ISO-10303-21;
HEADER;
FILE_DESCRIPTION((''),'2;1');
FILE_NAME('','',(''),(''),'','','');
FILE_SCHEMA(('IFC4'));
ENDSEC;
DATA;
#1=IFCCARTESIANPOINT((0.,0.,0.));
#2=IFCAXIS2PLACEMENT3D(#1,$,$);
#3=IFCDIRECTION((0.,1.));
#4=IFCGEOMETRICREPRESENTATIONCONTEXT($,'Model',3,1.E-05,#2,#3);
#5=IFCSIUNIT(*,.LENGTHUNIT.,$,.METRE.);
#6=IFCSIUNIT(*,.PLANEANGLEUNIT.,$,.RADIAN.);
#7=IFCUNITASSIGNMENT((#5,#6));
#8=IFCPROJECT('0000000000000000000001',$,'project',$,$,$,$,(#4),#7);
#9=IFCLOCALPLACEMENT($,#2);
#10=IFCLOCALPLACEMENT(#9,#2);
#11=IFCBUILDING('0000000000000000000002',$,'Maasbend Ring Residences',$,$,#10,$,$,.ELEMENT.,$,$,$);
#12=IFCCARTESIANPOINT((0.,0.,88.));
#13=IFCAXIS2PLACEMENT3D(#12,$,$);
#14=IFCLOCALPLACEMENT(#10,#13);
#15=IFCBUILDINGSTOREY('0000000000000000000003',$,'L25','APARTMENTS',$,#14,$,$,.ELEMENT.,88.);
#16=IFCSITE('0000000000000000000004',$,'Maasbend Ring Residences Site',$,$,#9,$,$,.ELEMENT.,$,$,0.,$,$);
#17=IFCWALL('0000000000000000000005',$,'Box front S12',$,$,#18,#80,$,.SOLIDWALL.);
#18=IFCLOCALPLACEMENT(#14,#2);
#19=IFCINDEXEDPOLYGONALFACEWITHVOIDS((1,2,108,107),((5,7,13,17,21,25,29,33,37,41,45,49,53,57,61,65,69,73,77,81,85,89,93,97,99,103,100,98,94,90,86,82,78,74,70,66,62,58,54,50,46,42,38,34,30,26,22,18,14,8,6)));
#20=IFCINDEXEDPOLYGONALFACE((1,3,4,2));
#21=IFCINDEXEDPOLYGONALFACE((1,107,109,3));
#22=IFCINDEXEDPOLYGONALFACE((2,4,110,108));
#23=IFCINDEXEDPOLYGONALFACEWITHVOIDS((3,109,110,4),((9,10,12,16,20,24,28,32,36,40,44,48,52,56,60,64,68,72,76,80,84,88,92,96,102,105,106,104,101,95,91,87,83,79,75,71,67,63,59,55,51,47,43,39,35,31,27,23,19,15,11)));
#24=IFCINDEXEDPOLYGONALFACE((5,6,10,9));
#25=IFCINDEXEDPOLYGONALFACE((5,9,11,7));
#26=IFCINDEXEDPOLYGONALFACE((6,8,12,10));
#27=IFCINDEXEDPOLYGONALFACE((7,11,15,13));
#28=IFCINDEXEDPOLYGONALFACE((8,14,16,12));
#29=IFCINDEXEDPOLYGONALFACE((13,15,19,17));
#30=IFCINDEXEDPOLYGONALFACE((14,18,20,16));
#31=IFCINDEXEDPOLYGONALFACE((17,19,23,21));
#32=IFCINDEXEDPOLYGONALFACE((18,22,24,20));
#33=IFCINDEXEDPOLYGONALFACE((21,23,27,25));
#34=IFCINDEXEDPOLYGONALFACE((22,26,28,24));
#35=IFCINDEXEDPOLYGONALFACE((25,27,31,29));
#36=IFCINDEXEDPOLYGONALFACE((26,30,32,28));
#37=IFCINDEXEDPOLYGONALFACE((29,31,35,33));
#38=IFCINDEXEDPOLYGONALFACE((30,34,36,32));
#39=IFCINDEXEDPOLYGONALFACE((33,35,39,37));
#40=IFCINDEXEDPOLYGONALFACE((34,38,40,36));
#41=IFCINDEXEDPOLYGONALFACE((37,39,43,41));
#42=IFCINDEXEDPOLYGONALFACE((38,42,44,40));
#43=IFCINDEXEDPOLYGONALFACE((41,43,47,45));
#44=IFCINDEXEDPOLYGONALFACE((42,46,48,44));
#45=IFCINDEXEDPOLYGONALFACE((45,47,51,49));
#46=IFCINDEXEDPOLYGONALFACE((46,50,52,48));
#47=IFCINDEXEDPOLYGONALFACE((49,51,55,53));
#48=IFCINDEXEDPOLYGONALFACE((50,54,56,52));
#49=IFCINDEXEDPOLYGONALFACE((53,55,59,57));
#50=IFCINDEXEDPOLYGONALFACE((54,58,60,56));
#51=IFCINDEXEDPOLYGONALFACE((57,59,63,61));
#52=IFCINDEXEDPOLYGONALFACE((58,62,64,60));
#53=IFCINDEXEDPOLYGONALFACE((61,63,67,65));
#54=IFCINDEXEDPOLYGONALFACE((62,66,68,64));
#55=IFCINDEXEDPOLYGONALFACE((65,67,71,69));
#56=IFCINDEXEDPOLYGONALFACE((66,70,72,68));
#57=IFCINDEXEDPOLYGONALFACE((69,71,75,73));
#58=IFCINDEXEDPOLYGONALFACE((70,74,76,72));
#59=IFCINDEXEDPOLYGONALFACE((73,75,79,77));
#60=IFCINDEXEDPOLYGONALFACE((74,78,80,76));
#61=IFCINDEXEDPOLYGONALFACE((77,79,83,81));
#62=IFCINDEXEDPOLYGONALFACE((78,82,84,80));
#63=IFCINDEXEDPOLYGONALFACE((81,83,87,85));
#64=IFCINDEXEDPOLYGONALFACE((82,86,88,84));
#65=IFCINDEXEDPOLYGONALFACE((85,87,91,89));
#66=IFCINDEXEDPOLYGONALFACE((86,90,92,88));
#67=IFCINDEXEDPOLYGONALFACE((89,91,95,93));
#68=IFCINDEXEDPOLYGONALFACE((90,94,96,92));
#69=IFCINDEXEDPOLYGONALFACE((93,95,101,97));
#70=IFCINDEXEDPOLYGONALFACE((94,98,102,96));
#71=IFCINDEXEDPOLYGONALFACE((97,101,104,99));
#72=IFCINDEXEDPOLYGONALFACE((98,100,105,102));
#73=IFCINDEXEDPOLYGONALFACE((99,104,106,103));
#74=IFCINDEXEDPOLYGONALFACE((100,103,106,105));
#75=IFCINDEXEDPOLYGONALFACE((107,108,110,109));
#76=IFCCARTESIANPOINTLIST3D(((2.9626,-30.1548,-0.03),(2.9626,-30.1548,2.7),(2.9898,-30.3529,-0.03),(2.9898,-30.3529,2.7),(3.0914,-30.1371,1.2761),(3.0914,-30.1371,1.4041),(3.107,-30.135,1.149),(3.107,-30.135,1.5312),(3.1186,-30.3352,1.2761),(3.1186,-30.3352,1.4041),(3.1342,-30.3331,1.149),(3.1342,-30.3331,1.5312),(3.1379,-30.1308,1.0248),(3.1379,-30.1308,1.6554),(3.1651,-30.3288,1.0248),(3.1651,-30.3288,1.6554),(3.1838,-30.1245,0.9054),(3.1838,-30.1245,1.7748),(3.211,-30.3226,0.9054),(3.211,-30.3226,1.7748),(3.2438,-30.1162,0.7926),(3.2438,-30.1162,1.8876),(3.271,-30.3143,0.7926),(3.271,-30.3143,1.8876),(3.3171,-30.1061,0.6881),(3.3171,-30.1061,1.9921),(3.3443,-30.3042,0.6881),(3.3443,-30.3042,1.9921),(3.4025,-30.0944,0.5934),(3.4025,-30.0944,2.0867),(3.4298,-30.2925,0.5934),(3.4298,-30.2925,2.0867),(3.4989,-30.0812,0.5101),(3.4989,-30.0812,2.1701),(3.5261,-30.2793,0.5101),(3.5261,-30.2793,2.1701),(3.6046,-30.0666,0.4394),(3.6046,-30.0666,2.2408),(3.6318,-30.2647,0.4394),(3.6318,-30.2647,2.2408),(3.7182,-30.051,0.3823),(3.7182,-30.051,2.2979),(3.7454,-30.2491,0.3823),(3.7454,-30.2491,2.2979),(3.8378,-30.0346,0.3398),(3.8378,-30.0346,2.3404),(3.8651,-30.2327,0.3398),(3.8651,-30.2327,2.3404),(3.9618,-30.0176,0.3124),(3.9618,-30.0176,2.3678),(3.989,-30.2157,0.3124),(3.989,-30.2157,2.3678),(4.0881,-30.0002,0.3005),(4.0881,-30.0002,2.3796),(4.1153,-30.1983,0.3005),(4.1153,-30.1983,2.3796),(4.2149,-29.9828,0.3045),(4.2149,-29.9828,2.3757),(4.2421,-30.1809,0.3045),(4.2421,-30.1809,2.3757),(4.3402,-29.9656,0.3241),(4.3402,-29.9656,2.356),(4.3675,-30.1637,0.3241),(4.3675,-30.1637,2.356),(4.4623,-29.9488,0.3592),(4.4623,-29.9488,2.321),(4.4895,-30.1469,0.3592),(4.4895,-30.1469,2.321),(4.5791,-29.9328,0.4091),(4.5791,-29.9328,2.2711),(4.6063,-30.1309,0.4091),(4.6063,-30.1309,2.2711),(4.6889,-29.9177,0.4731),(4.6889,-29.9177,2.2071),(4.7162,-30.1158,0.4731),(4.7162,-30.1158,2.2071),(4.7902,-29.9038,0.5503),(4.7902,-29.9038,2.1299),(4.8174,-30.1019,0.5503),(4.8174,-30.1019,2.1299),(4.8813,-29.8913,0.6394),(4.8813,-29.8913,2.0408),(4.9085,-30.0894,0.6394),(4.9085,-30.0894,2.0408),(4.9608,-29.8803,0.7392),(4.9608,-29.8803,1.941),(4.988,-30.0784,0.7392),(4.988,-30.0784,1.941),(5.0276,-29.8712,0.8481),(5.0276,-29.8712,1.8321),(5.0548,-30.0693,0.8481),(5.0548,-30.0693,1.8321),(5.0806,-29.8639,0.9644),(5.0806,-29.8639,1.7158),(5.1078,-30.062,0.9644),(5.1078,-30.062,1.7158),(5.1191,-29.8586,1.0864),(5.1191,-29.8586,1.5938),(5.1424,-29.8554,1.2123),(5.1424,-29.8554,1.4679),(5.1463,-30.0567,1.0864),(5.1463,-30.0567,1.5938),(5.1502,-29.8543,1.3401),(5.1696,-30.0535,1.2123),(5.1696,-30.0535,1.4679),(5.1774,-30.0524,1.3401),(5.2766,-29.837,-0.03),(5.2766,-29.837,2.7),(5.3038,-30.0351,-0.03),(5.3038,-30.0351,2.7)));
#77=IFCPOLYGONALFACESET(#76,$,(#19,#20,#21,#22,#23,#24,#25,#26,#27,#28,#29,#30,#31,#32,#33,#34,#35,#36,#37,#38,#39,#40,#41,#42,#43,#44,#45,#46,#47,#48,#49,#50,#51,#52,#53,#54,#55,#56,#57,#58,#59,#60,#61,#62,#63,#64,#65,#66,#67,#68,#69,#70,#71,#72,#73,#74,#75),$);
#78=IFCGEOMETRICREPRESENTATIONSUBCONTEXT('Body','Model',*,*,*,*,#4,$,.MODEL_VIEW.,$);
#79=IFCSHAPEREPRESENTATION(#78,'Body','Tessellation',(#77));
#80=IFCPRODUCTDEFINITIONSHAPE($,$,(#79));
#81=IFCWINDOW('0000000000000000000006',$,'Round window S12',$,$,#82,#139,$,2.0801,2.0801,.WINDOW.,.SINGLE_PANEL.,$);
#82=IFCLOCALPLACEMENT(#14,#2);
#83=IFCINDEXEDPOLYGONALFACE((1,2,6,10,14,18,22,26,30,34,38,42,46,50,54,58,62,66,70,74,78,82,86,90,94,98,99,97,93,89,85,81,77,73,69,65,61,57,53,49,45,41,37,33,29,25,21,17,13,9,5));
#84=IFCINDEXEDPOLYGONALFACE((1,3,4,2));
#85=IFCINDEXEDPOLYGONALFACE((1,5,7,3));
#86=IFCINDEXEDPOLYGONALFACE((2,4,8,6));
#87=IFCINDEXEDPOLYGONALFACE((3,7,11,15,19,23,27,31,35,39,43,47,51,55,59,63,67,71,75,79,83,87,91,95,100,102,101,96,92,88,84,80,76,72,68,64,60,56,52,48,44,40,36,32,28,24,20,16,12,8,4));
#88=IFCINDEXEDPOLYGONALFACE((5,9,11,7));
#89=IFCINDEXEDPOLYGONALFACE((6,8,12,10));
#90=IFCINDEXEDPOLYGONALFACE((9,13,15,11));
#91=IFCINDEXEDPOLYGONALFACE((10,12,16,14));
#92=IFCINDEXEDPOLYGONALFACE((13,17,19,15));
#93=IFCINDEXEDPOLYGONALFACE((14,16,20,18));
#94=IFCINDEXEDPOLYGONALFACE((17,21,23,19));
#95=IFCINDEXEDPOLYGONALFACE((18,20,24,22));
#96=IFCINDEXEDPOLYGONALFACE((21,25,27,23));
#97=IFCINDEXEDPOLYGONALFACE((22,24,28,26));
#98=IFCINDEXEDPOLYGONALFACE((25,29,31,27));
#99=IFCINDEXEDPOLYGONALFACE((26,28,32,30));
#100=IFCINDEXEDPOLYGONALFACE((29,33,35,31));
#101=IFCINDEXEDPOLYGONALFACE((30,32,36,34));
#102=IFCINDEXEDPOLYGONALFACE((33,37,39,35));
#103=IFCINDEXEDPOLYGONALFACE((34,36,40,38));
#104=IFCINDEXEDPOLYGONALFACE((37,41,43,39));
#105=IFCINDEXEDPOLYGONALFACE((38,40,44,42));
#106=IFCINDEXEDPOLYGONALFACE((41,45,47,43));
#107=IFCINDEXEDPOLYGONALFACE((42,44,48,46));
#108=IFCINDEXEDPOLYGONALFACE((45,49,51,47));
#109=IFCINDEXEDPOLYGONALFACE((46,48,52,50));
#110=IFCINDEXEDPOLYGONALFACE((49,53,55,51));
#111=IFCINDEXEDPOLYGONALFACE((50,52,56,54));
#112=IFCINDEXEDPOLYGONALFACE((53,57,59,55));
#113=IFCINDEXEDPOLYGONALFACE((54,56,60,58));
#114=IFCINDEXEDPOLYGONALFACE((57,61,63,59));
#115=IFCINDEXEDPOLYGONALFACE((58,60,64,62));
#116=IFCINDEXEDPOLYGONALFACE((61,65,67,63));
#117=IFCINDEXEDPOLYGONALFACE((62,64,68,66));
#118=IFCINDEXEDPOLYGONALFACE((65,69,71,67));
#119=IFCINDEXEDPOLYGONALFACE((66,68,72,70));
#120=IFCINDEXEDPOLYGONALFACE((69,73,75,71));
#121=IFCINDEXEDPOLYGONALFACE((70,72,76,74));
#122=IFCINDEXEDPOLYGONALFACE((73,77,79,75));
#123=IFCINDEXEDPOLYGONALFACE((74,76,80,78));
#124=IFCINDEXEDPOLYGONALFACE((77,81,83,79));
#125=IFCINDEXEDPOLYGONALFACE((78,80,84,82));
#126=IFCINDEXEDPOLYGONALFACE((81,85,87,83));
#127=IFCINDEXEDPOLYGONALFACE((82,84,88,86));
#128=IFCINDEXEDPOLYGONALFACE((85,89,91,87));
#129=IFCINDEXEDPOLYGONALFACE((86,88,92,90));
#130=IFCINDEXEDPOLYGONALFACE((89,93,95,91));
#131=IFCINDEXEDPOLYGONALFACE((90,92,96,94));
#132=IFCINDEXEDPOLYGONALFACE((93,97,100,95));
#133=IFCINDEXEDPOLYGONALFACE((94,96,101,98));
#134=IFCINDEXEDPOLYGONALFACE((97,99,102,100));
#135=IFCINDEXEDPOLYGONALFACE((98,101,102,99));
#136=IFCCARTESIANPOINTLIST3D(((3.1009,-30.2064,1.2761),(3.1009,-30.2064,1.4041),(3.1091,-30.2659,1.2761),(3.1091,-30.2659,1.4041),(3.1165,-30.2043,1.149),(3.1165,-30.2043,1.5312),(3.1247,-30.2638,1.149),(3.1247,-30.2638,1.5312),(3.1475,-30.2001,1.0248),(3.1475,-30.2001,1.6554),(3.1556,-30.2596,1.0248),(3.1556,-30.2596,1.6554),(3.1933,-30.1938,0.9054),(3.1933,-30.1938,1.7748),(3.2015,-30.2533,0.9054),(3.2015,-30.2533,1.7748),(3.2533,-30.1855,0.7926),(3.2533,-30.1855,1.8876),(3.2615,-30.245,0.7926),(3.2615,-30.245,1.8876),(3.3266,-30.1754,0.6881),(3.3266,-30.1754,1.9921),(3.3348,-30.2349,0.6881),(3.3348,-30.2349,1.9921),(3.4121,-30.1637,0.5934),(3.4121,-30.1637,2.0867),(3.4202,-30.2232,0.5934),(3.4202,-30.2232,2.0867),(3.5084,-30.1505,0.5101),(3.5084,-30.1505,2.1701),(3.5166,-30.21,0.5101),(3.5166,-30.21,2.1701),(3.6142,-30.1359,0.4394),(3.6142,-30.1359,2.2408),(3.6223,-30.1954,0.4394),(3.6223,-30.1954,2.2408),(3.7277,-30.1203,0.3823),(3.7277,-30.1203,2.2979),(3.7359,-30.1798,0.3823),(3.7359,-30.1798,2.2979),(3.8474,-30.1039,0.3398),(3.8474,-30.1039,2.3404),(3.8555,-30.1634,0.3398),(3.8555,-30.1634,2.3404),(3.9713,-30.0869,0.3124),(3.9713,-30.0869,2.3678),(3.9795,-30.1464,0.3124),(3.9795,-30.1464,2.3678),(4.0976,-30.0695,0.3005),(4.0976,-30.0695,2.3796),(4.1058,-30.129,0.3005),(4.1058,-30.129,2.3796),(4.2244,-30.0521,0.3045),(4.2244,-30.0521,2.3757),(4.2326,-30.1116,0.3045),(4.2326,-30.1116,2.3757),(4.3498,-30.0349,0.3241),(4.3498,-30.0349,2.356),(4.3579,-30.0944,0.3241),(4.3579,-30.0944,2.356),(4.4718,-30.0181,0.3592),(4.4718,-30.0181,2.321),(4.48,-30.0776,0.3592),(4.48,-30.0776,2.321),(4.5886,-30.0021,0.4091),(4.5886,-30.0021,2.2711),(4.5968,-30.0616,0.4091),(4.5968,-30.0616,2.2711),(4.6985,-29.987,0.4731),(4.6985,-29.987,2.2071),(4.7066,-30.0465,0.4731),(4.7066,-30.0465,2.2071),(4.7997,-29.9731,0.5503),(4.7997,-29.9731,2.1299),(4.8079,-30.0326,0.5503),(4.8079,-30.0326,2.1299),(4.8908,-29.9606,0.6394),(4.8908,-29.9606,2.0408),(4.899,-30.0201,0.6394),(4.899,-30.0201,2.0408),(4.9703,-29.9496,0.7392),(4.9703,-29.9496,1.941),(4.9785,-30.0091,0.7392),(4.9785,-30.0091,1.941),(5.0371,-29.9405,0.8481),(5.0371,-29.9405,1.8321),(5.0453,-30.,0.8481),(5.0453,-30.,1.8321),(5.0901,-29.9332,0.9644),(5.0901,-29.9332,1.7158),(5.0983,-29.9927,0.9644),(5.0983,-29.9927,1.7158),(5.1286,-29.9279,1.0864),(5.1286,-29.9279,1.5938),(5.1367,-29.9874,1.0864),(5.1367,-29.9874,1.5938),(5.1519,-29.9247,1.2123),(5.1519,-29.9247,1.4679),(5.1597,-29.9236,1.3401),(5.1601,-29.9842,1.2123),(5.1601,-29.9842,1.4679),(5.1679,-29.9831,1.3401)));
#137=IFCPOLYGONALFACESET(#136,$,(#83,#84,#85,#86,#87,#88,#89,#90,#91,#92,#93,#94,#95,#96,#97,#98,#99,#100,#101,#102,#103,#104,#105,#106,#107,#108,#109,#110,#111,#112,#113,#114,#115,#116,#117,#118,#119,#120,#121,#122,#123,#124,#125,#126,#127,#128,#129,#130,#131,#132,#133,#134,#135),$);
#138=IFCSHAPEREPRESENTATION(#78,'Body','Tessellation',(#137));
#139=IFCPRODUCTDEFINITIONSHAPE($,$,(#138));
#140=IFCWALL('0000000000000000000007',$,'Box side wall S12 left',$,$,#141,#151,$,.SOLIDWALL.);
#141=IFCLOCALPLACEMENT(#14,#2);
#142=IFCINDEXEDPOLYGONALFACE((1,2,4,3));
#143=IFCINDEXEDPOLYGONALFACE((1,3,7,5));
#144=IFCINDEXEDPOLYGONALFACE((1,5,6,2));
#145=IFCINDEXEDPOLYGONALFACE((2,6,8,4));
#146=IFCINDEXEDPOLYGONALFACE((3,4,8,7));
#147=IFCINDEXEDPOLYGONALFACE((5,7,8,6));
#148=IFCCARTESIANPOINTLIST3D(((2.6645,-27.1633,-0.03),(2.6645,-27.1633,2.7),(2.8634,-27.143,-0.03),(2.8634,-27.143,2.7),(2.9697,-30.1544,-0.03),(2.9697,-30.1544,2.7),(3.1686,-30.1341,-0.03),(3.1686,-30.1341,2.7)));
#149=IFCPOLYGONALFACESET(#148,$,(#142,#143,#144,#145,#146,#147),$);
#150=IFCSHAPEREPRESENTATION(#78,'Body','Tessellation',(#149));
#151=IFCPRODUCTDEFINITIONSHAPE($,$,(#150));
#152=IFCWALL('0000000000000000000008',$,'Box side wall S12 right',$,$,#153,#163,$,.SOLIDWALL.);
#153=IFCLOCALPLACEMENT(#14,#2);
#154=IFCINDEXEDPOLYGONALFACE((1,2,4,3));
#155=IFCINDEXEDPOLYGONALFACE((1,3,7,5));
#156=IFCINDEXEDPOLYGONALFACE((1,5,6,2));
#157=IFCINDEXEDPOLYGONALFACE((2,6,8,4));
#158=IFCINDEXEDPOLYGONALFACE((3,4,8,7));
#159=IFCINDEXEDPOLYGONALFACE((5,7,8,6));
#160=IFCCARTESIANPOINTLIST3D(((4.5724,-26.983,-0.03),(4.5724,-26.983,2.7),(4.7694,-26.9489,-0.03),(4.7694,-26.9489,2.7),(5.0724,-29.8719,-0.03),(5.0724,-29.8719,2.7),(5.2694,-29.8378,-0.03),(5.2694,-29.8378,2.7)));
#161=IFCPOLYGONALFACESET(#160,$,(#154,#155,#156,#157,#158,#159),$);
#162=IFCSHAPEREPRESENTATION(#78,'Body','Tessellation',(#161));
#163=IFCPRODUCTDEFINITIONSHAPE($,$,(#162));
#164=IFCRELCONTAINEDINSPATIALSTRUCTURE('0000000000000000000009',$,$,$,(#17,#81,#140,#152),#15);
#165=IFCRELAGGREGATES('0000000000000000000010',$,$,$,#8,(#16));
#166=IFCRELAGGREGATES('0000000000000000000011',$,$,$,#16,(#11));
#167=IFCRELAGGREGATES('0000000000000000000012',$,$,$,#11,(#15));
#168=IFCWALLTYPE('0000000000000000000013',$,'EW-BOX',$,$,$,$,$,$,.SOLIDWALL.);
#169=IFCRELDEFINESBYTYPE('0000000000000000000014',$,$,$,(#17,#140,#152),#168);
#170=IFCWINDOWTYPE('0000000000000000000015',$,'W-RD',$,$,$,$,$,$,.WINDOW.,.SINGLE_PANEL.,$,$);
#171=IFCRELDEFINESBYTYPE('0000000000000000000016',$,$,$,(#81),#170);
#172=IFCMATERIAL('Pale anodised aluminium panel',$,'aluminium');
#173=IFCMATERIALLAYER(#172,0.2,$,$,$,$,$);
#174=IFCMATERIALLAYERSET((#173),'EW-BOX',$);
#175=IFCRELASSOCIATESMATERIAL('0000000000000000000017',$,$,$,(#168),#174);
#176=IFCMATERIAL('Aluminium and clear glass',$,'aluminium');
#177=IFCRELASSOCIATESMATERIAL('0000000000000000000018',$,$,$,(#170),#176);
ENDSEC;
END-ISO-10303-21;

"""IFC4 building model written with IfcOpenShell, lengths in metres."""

from ifc_helpers import new_model, si_unit, direction, frame, frame_2d, origin, place, context, subcontext, project, spatial, rectangle, circle, extrude, material, layer, layer_set, type_object, element, fill, save


model = new_model("IFC4")

# Units and contexts
model_context = context("Model", 3, precision=1e-05, world=origin(), true_north=direction((0.0, 1.0)))
body_context = subcontext(model_context, "Body", "Model", "MODEL_VIEW")
ifc_project = project(units=[si_unit("LENGTHUNIT", "METRE"), si_unit("PLANEANGLEUNIT", "RADIAN")], contexts=[model_context])

# Site, building, storey
site_placement = place(None, origin())
site = spatial("IfcSite", under=ifc_project, at=site_placement, Name="Maasbend Ring Residences Site", CompositionType="ELEMENT", RefElevation=0.0)
building_placement = place(site_placement, origin())
building = spatial("IfcBuilding", under=site, at=building_placement, Name="Maasbend Ring Residences", CompositionType="ELEMENT")
storey_placement = place(building_placement, frame((0.0, 0.0, 88.0)))
storey = spatial("IfcBuildingStorey", under=building, at=storey_placement, Name="L25", Description="APARTMENTS", CompositionType="ELEMENT", Elevation=88.0)

# Wall, opening, window
ifc_material_1 = material(Name="Pale anodised aluminium panel", Category="aluminium")
ifc_layer_1 = layer(ifc_material_1, 0.2)
ifc_layer_set_1 = layer_set([ifc_layer_1], Name="EW-BOX")
wall_type_1 = type_object("IfcWallType", Name="EW-BOX", PredefinedType="SOLIDWALL", material=ifc_layer_set_1)
wall_1_placement = place(storey_placement, frame((2.9761, -30.2539, -0.03), z_axis=(0.0, 0.0, 1.0), x_axis=(0.990696, 0.136093, 0.0)))
wall_1 = element("IfcWall", 1, at=wall_1_placement, inside=storey, type_object=wall_type_1, Name="Box front S12", PredefinedType="SOLIDWALL", context=body_context, shape_type="SweptSolid", body=[
    extrude(rectangle(XDim=2.3357, YDim=0.2, at=frame_2d((1.168, 0.0))), origin(), (0.0, 0.0, 1.0), 2.73),
])
opening_1_placement = place(wall_1_placement, frame((0.1282, 0.0, 0.3301)))
opening_1 = element("IfcOpeningElement", 2, at=opening_1_placement, cuts=wall_1, PredefinedType="OPENING", context=body_context, shape_type="SweptSolid", body=[
    extrude(circle(Radius=1.04, at=frame_2d((1.04, 1.04))), frame((0.0, 0.1099, 0.0), z_axis=(0.0, -1.0, 0.0), x_axis=(1.0, 0.0, 0.0)), (0.0, 0.0, 1.0), 0.22),
])
ifc_material_2 = material(Name="Aluminium and clear glass", Category="aluminium")
window_type_1 = type_object("IfcWindowType", Name="W-RD", PartitioningType="SINGLE_PANEL", PredefinedType="WINDOW", material=ifc_material_2)
window_1_placement = place(opening_1_placement, origin())
window_1 = element("IfcWindow", 3, at=window_1_placement, inside=storey, type_object=window_type_1, Name="Round window S12", OverallHeight=2.0801, OverallWidth=2.0801, PartitioningType="SINGLE_PANEL", PredefinedType="WINDOW", context=body_context, shape_type="SweptSolid", body=[
    extrude(circle(Radius=1.04, at=frame_2d((1.04, 1.04))), frame((0.0, 0.03, 0.0), z_axis=(0.0, -1.0, 0.0), x_axis=(1.0, 0.0, 0.0)), (0.0, 0.0, 1.0), 0.0601),
])
fill(opening_1, window_1)

# Walls
wall_2_placement = place(storey_placement, frame((2.7639, -27.1531, -0.03), z_axis=(0.0, 0.0, 1.0), x_axis=(0.101505, -0.994835, 0.0)))
element("IfcWall", 4, at=wall_2_placement, inside=storey, type_object=wall_type_1, Name="Box side wall S12 left", PredefinedType="SOLIDWALL", context=body_context, shape_type="SweptSolid", body=[
    extrude(rectangle(XDim=3.0066, YDim=0.2, at=frame_2d((1.5034, 0.0))), origin(), (0.0, 0.0, 1.0), 2.73),
])
wall_3_placement = place(storey_placement, frame((4.6709, -26.9661, -0.03), z_axis=(0.0, 0.0, 1.0), x_axis=(0.17054, -0.985351, 0.0)))
element("IfcWall", 5, at=wall_3_placement, inside=storey, type_object=wall_type_1, Name="Box side wall S12 right", PredefinedType="SOLIDWALL", context=body_context, shape_type="SweptSolid", body=[
    extrude(rectangle(XDim=2.9319, YDim=0.2, at=frame_2d((1.4658, 0.0))), origin(), (0.0, 0.0, 1.0), 2.73),
])

save(model, "model.ifc")
